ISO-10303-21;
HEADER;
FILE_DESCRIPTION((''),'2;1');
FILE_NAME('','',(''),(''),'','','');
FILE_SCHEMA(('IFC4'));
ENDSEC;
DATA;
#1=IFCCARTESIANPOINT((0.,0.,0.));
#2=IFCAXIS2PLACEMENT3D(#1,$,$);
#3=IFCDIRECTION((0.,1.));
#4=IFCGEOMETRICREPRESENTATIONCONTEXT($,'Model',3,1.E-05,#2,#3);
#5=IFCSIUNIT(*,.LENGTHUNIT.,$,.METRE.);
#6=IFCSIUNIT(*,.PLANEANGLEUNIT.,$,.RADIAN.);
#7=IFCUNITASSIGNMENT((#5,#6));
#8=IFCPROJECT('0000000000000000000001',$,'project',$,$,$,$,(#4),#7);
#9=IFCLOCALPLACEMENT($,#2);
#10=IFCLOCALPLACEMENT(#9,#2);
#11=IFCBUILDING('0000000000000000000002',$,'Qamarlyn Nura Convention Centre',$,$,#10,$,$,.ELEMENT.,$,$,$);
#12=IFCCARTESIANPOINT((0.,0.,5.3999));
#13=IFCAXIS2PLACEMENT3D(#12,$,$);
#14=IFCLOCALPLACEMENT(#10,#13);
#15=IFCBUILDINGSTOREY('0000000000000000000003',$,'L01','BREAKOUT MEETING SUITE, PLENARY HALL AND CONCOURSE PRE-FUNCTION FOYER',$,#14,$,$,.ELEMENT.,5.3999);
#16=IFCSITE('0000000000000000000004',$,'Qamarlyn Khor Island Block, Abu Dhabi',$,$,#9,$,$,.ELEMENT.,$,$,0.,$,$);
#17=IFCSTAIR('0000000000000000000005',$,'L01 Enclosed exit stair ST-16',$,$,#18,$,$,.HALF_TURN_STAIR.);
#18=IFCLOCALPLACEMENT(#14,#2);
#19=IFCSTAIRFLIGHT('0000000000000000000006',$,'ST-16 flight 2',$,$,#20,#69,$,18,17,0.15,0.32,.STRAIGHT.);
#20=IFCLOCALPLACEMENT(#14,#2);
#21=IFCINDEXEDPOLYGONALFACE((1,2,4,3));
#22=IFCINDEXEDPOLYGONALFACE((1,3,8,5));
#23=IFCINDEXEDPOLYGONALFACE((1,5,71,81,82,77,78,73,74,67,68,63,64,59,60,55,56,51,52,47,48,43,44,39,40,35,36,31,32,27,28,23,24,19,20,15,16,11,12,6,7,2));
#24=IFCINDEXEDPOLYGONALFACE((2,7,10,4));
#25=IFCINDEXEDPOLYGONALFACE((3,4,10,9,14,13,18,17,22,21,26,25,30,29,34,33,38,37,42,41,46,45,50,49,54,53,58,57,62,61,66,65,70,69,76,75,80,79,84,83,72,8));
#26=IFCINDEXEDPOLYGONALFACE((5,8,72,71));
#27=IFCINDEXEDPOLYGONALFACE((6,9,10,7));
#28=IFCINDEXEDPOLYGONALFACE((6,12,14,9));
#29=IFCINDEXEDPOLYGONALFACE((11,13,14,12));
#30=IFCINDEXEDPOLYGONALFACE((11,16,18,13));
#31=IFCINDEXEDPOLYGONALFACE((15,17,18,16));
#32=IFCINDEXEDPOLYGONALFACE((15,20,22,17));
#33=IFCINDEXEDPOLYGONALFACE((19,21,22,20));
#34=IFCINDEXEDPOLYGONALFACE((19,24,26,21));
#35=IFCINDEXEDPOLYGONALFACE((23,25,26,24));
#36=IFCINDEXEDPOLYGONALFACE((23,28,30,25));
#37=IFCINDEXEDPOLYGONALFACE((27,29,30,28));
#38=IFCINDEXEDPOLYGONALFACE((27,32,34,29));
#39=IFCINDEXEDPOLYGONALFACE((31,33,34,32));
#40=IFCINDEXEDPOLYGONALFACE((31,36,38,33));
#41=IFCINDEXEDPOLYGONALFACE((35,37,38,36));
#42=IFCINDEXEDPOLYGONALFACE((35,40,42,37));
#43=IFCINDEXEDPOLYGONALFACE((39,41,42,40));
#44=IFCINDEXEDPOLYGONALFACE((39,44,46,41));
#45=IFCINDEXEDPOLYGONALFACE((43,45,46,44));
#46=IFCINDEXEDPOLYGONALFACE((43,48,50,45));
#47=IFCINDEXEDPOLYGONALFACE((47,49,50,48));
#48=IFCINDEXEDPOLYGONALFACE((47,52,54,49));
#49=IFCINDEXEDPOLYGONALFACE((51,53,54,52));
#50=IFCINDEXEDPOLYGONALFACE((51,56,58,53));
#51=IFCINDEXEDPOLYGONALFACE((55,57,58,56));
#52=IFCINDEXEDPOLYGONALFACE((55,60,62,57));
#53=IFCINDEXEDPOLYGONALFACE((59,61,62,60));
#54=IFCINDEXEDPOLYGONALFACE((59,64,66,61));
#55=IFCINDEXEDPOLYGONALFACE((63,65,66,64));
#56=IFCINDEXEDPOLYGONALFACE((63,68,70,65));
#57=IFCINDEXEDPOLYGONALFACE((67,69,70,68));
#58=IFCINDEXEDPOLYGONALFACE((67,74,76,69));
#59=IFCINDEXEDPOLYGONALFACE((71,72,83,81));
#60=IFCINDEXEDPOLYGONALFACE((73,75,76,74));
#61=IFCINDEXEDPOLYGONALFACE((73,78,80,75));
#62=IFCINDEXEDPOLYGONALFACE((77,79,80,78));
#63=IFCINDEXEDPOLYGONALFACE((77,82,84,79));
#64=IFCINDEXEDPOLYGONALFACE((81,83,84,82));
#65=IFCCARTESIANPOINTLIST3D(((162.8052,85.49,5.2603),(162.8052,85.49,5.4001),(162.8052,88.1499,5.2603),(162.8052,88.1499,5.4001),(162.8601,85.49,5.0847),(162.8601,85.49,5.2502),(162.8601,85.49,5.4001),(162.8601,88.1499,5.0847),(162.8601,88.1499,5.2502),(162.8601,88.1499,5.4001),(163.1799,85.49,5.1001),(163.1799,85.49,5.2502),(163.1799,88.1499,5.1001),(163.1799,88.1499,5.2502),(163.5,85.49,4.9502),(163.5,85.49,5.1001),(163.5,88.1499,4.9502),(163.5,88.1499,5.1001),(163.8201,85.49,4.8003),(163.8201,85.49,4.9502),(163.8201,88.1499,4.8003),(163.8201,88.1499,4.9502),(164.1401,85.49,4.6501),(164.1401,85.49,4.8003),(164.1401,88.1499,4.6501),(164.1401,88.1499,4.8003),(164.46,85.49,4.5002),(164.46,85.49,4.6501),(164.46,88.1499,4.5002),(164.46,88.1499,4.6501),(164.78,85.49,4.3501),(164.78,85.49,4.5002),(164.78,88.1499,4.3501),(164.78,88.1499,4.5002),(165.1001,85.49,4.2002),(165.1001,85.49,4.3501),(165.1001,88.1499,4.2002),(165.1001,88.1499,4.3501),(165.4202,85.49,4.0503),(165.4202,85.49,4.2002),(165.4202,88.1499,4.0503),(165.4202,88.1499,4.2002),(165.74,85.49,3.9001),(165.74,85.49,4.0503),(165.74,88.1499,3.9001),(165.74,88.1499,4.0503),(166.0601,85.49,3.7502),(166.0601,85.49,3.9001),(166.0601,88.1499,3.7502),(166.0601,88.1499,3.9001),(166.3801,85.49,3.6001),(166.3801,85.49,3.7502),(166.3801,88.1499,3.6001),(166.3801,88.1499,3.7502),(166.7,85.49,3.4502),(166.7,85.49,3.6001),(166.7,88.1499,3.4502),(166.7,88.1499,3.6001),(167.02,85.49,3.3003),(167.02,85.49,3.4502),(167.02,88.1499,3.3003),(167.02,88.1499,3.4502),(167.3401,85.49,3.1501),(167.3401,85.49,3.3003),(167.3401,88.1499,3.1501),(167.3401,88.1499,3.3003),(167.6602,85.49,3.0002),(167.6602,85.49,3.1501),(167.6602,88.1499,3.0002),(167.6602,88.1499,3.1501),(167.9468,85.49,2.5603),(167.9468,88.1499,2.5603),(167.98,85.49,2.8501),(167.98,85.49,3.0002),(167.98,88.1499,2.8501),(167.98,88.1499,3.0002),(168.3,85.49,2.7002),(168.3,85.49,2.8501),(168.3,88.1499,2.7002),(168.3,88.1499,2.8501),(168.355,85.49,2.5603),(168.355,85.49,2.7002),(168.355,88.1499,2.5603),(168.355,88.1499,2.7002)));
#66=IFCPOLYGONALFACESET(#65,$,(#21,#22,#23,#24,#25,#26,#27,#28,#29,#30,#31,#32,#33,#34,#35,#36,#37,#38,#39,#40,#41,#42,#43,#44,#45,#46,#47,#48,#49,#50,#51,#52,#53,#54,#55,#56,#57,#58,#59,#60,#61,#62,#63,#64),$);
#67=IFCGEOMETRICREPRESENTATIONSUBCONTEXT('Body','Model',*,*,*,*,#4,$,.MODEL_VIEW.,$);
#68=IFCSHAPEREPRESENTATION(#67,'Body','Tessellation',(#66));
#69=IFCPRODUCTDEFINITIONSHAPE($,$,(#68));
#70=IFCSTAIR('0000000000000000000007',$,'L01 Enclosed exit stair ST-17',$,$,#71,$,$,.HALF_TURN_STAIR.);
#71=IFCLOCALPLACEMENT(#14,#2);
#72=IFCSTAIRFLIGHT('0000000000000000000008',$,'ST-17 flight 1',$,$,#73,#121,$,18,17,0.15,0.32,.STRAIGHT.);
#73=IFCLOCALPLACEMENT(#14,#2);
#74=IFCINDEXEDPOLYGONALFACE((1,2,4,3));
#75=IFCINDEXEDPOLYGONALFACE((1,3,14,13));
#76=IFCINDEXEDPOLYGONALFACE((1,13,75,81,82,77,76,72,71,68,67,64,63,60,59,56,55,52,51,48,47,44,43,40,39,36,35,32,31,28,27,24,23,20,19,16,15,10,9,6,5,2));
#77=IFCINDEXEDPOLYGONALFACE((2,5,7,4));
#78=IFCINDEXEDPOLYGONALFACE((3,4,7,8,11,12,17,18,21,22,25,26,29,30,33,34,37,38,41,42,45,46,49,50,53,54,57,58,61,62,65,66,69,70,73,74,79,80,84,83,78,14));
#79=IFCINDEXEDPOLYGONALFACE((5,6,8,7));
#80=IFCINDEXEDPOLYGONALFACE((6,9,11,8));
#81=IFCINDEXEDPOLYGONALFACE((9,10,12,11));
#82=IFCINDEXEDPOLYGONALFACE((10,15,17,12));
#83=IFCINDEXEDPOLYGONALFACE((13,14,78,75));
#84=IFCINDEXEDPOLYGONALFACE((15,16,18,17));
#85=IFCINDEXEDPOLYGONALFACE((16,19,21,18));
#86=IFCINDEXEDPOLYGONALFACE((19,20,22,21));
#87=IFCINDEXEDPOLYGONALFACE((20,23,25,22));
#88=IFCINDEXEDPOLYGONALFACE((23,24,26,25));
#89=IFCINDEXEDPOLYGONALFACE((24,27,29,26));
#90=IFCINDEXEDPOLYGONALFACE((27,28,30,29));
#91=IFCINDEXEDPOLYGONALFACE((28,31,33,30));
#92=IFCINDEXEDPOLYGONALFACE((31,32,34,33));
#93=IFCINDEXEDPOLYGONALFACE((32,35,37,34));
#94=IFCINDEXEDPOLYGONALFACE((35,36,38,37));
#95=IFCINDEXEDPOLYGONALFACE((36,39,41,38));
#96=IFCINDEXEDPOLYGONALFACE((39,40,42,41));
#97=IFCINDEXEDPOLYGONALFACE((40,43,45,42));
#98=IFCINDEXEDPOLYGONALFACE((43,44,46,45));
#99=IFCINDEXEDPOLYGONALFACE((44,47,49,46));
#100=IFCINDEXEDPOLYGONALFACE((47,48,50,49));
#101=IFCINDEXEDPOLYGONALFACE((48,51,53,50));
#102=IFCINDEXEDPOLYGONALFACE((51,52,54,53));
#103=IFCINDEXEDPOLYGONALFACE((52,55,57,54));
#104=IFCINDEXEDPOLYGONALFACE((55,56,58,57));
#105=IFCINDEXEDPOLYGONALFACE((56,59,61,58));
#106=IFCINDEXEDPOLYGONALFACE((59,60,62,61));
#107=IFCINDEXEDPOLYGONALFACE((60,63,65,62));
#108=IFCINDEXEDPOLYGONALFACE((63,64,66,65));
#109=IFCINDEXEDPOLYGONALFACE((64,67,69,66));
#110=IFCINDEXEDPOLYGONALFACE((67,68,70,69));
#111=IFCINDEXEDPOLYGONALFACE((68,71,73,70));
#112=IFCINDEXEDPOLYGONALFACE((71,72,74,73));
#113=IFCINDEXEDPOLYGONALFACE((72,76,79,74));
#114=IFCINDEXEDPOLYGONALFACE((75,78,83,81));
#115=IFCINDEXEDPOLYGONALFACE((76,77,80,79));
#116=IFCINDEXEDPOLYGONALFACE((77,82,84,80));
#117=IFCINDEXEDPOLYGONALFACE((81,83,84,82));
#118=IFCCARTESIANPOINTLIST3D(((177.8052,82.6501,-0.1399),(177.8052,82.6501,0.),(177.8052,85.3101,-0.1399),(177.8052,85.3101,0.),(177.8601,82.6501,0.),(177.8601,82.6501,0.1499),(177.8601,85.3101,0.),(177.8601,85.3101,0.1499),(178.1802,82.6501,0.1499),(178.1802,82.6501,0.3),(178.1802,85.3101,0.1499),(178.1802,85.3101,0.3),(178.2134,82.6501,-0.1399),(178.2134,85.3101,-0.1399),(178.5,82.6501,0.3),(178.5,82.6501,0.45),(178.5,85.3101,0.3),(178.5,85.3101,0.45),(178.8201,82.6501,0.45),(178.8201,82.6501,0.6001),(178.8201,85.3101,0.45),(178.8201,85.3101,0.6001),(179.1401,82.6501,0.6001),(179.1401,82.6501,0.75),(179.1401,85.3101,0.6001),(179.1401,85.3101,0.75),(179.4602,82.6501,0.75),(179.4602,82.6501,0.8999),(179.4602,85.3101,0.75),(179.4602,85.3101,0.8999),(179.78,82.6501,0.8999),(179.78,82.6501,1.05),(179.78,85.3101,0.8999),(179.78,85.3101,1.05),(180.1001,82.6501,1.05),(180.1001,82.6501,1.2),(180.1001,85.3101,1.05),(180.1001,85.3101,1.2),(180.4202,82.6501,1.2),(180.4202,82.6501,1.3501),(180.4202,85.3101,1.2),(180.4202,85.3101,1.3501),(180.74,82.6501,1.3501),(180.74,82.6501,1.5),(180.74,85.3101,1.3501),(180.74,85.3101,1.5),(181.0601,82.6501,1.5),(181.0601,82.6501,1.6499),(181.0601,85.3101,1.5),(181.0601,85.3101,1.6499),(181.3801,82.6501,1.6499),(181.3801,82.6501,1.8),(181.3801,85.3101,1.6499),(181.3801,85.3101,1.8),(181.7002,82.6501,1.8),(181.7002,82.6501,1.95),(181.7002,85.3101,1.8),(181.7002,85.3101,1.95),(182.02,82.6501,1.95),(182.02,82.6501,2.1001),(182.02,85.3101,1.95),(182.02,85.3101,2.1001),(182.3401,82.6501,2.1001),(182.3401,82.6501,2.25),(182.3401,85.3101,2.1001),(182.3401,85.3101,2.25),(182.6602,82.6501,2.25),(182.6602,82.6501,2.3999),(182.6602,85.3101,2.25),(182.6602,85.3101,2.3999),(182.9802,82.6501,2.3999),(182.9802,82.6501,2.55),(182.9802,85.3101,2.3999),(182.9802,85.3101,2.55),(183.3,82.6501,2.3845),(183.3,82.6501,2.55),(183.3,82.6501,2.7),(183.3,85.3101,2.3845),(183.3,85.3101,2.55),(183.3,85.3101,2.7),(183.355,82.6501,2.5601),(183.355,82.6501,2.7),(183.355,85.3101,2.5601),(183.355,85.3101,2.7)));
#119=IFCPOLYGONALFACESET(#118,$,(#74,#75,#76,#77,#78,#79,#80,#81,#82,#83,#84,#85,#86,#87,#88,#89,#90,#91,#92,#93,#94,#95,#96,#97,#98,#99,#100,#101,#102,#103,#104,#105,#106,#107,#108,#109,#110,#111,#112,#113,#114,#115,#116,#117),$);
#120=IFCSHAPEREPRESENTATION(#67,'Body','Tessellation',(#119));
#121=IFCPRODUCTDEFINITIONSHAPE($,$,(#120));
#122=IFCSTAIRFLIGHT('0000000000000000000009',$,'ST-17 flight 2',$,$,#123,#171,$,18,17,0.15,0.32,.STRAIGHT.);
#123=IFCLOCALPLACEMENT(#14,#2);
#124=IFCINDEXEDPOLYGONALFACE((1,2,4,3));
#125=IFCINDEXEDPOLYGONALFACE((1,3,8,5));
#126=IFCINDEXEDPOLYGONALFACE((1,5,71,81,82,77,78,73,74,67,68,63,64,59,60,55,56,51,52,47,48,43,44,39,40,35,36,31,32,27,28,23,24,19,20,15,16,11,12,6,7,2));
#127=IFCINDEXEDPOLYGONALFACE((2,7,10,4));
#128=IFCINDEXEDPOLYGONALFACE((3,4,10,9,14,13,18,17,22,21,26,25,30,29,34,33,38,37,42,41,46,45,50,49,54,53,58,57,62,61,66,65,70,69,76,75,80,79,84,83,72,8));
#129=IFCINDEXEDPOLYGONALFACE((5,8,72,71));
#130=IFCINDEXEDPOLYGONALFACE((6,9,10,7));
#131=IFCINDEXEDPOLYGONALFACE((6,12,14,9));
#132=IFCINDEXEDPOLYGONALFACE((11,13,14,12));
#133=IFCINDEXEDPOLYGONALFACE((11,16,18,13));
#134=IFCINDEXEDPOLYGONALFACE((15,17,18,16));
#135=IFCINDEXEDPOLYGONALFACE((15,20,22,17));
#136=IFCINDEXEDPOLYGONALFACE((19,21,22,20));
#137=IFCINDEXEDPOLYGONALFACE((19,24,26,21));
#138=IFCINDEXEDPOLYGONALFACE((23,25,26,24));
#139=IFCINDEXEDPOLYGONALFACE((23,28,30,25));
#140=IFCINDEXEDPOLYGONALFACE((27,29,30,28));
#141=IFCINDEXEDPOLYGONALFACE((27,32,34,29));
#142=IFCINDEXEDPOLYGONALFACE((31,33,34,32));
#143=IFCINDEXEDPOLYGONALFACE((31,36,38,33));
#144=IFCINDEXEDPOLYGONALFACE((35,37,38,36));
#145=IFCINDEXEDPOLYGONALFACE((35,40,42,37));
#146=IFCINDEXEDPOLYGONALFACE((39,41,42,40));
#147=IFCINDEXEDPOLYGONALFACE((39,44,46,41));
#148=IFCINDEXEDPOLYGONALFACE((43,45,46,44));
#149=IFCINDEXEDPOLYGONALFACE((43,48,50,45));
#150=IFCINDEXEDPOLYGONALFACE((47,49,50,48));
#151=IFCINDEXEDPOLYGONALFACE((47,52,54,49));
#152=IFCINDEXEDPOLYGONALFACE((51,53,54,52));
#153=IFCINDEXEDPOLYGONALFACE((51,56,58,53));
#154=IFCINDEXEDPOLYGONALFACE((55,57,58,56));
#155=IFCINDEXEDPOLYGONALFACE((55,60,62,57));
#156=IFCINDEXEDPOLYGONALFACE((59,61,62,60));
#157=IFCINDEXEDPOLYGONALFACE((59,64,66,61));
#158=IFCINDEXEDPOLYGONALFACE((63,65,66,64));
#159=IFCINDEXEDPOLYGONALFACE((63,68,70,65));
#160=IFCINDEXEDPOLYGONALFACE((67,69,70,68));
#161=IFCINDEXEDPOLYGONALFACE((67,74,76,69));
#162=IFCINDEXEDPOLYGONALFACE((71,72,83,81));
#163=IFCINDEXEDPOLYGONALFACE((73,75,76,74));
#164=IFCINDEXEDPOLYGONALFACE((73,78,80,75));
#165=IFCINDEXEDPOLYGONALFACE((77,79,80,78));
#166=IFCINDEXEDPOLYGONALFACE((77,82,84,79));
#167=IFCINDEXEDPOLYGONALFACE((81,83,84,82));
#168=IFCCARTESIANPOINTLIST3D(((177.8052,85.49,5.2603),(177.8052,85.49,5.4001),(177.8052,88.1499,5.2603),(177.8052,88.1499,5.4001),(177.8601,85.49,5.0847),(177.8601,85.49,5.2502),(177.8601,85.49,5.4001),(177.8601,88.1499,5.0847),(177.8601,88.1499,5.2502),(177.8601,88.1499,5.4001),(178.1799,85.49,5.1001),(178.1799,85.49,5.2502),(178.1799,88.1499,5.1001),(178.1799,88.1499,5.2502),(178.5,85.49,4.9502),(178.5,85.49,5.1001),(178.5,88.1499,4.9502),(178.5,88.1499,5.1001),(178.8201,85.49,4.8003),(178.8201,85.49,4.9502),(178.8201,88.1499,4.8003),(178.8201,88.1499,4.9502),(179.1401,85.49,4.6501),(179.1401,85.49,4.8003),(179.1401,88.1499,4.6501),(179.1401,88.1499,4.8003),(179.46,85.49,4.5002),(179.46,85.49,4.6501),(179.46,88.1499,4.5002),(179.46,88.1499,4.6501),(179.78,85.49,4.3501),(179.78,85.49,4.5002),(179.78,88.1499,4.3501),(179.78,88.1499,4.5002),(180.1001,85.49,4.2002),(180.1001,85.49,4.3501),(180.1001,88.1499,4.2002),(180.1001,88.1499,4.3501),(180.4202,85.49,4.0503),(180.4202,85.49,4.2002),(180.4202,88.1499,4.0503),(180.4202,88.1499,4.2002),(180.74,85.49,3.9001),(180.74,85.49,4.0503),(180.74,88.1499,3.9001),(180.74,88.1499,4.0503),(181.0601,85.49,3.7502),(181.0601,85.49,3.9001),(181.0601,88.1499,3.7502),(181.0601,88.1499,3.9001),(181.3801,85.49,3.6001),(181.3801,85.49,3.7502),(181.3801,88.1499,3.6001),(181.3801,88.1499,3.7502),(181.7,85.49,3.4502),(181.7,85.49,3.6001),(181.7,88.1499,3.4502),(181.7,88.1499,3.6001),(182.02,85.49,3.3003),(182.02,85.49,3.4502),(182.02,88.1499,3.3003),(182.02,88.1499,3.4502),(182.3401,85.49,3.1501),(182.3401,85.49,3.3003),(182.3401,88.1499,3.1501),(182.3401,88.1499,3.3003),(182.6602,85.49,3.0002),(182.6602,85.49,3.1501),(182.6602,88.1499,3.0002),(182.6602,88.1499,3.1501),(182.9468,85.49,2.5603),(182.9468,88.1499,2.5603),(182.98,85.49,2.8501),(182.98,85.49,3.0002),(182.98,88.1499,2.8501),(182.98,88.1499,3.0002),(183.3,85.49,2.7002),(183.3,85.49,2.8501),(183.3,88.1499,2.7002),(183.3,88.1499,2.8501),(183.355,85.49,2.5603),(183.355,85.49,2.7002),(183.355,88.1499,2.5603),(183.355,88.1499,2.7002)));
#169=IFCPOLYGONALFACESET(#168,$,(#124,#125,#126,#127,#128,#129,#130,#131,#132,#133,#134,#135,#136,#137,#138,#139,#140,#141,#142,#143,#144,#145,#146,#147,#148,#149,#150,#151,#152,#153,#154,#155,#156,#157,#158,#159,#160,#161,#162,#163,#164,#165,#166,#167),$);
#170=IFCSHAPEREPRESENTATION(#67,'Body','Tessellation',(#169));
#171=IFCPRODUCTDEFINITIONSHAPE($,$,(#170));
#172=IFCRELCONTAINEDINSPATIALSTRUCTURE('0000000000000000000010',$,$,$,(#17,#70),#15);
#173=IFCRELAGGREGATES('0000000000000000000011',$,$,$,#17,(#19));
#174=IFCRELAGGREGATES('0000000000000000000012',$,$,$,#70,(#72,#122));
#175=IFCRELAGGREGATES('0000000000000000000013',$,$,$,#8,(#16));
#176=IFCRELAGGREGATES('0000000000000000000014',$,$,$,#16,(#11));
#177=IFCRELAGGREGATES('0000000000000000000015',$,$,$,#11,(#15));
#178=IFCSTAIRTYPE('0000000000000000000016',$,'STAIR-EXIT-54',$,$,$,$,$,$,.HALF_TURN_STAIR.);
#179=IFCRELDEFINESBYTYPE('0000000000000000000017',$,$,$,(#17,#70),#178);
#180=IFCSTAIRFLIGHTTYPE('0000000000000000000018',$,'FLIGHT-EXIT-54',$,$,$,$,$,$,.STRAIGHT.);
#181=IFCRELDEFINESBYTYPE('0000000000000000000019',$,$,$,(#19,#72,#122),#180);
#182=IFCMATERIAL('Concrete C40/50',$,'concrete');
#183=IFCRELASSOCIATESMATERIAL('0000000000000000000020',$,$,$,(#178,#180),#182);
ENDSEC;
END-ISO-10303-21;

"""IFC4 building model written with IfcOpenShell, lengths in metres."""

from ifc_helpers import new_model, si_unit, direction, frame, origin, place, context, subcontext, project, spatial, polyline, outline, extrude, material, type_object, element, aggregate, save


model = new_model("IFC4")

# Units and contexts
model_context = context("Model", 3, precision=1e-05, world=origin(), true_north=direction((0.0, 1.0)))
body_context = subcontext(model_context, "Body", "Model", "MODEL_VIEW")
ifc_project = project(units=[si_unit("LENGTHUNIT", "METRE"), si_unit("PLANEANGLEUNIT", "RADIAN")], contexts=[model_context])

# Site, building, storey
site_placement = place(None, origin())
site = spatial("IfcSite", under=ifc_project, at=site_placement, Name="Qamarlyn Khor Island Block, Abu Dhabi", CompositionType="ELEMENT", RefElevation=0.0)
building_placement = place(site_placement, origin())
building = spatial("IfcBuilding", under=site, at=building_placement, Name="Qamarlyn Nura Convention Centre", CompositionType="ELEMENT")
storey_placement = place(building_placement, frame((0.0, 0.0, 5.3999)))
storey = spatial("IfcBuildingStorey", under=building, at=storey_placement, Name="L01", Description="BREAKOUT MEETING SUITE, PLENARY HALL AND CONCOURSE PRE-FUNCTION FOYER", CompositionType="ELEMENT", Elevation=5.3999)

# Stair, stair flight
ifc_material_1 = material(Name="Concrete C40/50", Category="concrete")
stair_type = type_object("IfcStairType", Name="STAIR-EXIT-54", PredefinedType="HALF_TURN_STAIR", material=ifc_material_1)
stair_1_placement = place(storey_placement, origin())
stair_1 = element("IfcStair", 1, at=stair_1_placement, inside=storey, type_object=stair_type, Name="L01 Enclosed exit stair ST-16", PredefinedType="HALF_TURN_STAIR")
stair_flight_type = type_object("IfcStairFlightType", Name="FLIGHT-EXIT-54", PredefinedType="STRAIGHT", material=ifc_material_1)
stair_flight_1_placement = place(storey_placement, frame((168.3, 86.8201, 2.7002), z_axis=(0.0, 0.0, 1.0), x_axis=(-1.0, 0.0, 0.0)))
stair_flight_1 = element("IfcStairFlight", 2, at=stair_flight_1_placement, type_object=stair_flight_type, Name="ST-16 flight 2", NumberOfRisers=18, NumberOfTreads=17, PredefinedType="STRAIGHT", RiserHeight=0.15, TreadLength=0.32, context=body_context, shape_type="SweptSolid", body=[
    extrude(outline(polyline([(-0.0549, 0.0), (0.0, 0.0), (0.0, 0.1499), (0.3201, 0.1499), (0.3201, 0.3), (0.6399, 0.3), (0.6399, 0.45), (0.96, 0.45), (0.96, 0.6001), (1.28, 0.6001), (1.28, 0.75), (1.6001, 0.75), (1.6001, 0.8999), (1.9199, 0.8999), (1.9199, 1.05), (2.24, 1.05), (2.24, 1.2), (2.5601, 1.2), (2.5601, 1.3501), (2.8799, 1.3501), (2.8799, 1.5), (3.2, 1.5), (3.2, 1.6499), (3.52, 1.6499), (3.52, 1.8), (3.8401, 1.8), (3.8401, 1.95), (4.1599, 1.95), (4.1599, 2.1001), (4.48, 2.1001), (4.48, 2.25), (4.8, 2.25), (4.8, 2.3999), (5.1201, 2.3999), (5.1201, 2.55), (5.4399, 2.55), (5.4399, 2.7), (5.4949, 2.7), (5.4949, 2.5601), (5.4399, 2.3845), (0.3533, -0.1399), (-0.0549, -0.1399), (-0.0549, 0.0)])), frame((0.0, 1.3301, 0.0), z_axis=(0.0, -1.0, 0.0), x_axis=(1.0, 0.0, 0.0)), (0.0, 0.0, 1.0), 2.6599),
])
aggregate(stair_1, [stair_flight_1])

# Stair, stair flights
stair_2_placement = place(storey_placement, origin())
stair_2 = element("IfcStair", 3, at=stair_2_placement, inside=storey, type_object=stair_type, Name="L01 Enclosed exit stair ST-17", PredefinedType="HALF_TURN_STAIR")
stair_flight_2_placement = place(storey_placement, frame((177.8601, 83.98, 0.0), z_axis=(0.0, 0.0, 1.0), x_axis=(1.0, 0.0, 0.0)))
stair_flight_2 = element("IfcStairFlight", 4, at=stair_flight_2_placement, type_object=stair_flight_type, Name="ST-17 flight 1", NumberOfRisers=18, NumberOfTreads=17, PredefinedType="STRAIGHT", RiserHeight=0.15, TreadLength=0.32, context=body_context, shape_type="SweptSolid", body=[
    extrude(outline(polyline([(-0.0549, 0.0), (0.0, 0.0), (0.0, 0.1499), (0.3201, 0.1499), (0.3201, 0.3), (0.6399, 0.3), (0.6399, 0.45), (0.96, 0.45), (0.96, 0.6001), (1.28, 0.6001), (1.28, 0.75), (1.6001, 0.75), (1.6001, 0.8999), (1.9199, 0.8999), (1.9199, 1.05), (2.24, 1.05), (2.24, 1.2), (2.5601, 1.2), (2.5601, 1.3501), (2.8799, 1.3501), (2.8799, 1.5), (3.2, 1.5), (3.2, 1.6499), (3.52, 1.6499), (3.52, 1.8), (3.8401, 1.8), (3.8401, 1.95), (4.1599, 1.95), (4.1599, 2.1001), (4.48, 2.1001), (4.48, 2.25), (4.8, 2.25), (4.8, 2.3999), (5.1201, 2.3999), (5.1201, 2.55), (5.4399, 2.55), (5.4399, 2.7), (5.4949, 2.7), (5.4949, 2.5601), (5.4399, 2.3845), (0.3533, -0.1399), (-0.0549, -0.1399), (-0.0549, 0.0)])), frame((0.0, 1.3301, 0.0), z_axis=(0.0, -1.0, 0.0), x_axis=(1.0, 0.0, 0.0)), (0.0, 0.0, 1.0), 2.6599),
])
stair_flight_3_placement = place(storey_placement, frame((183.3, 86.8201, 2.7002), z_axis=(0.0, 0.0, 1.0), x_axis=(-1.0, 0.0, 0.0)))
stair_flight_3 = element("IfcStairFlight", 5, at=stair_flight_3_placement, type_object=stair_flight_type, Name="ST-17 flight 2", NumberOfRisers=18, NumberOfTreads=17, PredefinedType="STRAIGHT", RiserHeight=0.15, TreadLength=0.32, context=body_context, shape_type="SweptSolid", body=[
    extrude(outline(polyline([(-0.0549, 0.0), (0.0, 0.0), (0.0, 0.1499), (0.3201, 0.1499), (0.3201, 0.3), (0.6399, 0.3), (0.6399, 0.45), (0.96, 0.45), (0.96, 0.6001), (1.28, 0.6001), (1.28, 0.75), (1.6001, 0.75), (1.6001, 0.8999), (1.9199, 0.8999), (1.9199, 1.05), (2.24, 1.05), (2.24, 1.2), (2.5601, 1.2), (2.5601, 1.3501), (2.8799, 1.3501), (2.8799, 1.5), (3.2, 1.5), (3.2, 1.6499), (3.52, 1.6499), (3.52, 1.8), (3.8401, 1.8), (3.8401, 1.95), (4.1599, 1.95), (4.1599, 2.1001), (4.48, 2.1001), (4.48, 2.25), (4.8, 2.25), (4.8, 2.3999), (5.1201, 2.3999), (5.1201, 2.55), (5.4399, 2.55), (5.4399, 2.7), (5.4949, 2.7), (5.4949, 2.5601), (5.4399, 2.3845), (0.3533, -0.1399), (-0.0549, -0.1399), (-0.0549, 0.0)])), frame((0.0, 1.3301, 0.0), z_axis=(0.0, -1.0, 0.0), x_axis=(1.0, 0.0, 0.0)), (0.0, 0.0, 1.0), 2.6599),
])
aggregate(stair_2, [stair_flight_2, stair_flight_3])

save(model, "model.ifc")
